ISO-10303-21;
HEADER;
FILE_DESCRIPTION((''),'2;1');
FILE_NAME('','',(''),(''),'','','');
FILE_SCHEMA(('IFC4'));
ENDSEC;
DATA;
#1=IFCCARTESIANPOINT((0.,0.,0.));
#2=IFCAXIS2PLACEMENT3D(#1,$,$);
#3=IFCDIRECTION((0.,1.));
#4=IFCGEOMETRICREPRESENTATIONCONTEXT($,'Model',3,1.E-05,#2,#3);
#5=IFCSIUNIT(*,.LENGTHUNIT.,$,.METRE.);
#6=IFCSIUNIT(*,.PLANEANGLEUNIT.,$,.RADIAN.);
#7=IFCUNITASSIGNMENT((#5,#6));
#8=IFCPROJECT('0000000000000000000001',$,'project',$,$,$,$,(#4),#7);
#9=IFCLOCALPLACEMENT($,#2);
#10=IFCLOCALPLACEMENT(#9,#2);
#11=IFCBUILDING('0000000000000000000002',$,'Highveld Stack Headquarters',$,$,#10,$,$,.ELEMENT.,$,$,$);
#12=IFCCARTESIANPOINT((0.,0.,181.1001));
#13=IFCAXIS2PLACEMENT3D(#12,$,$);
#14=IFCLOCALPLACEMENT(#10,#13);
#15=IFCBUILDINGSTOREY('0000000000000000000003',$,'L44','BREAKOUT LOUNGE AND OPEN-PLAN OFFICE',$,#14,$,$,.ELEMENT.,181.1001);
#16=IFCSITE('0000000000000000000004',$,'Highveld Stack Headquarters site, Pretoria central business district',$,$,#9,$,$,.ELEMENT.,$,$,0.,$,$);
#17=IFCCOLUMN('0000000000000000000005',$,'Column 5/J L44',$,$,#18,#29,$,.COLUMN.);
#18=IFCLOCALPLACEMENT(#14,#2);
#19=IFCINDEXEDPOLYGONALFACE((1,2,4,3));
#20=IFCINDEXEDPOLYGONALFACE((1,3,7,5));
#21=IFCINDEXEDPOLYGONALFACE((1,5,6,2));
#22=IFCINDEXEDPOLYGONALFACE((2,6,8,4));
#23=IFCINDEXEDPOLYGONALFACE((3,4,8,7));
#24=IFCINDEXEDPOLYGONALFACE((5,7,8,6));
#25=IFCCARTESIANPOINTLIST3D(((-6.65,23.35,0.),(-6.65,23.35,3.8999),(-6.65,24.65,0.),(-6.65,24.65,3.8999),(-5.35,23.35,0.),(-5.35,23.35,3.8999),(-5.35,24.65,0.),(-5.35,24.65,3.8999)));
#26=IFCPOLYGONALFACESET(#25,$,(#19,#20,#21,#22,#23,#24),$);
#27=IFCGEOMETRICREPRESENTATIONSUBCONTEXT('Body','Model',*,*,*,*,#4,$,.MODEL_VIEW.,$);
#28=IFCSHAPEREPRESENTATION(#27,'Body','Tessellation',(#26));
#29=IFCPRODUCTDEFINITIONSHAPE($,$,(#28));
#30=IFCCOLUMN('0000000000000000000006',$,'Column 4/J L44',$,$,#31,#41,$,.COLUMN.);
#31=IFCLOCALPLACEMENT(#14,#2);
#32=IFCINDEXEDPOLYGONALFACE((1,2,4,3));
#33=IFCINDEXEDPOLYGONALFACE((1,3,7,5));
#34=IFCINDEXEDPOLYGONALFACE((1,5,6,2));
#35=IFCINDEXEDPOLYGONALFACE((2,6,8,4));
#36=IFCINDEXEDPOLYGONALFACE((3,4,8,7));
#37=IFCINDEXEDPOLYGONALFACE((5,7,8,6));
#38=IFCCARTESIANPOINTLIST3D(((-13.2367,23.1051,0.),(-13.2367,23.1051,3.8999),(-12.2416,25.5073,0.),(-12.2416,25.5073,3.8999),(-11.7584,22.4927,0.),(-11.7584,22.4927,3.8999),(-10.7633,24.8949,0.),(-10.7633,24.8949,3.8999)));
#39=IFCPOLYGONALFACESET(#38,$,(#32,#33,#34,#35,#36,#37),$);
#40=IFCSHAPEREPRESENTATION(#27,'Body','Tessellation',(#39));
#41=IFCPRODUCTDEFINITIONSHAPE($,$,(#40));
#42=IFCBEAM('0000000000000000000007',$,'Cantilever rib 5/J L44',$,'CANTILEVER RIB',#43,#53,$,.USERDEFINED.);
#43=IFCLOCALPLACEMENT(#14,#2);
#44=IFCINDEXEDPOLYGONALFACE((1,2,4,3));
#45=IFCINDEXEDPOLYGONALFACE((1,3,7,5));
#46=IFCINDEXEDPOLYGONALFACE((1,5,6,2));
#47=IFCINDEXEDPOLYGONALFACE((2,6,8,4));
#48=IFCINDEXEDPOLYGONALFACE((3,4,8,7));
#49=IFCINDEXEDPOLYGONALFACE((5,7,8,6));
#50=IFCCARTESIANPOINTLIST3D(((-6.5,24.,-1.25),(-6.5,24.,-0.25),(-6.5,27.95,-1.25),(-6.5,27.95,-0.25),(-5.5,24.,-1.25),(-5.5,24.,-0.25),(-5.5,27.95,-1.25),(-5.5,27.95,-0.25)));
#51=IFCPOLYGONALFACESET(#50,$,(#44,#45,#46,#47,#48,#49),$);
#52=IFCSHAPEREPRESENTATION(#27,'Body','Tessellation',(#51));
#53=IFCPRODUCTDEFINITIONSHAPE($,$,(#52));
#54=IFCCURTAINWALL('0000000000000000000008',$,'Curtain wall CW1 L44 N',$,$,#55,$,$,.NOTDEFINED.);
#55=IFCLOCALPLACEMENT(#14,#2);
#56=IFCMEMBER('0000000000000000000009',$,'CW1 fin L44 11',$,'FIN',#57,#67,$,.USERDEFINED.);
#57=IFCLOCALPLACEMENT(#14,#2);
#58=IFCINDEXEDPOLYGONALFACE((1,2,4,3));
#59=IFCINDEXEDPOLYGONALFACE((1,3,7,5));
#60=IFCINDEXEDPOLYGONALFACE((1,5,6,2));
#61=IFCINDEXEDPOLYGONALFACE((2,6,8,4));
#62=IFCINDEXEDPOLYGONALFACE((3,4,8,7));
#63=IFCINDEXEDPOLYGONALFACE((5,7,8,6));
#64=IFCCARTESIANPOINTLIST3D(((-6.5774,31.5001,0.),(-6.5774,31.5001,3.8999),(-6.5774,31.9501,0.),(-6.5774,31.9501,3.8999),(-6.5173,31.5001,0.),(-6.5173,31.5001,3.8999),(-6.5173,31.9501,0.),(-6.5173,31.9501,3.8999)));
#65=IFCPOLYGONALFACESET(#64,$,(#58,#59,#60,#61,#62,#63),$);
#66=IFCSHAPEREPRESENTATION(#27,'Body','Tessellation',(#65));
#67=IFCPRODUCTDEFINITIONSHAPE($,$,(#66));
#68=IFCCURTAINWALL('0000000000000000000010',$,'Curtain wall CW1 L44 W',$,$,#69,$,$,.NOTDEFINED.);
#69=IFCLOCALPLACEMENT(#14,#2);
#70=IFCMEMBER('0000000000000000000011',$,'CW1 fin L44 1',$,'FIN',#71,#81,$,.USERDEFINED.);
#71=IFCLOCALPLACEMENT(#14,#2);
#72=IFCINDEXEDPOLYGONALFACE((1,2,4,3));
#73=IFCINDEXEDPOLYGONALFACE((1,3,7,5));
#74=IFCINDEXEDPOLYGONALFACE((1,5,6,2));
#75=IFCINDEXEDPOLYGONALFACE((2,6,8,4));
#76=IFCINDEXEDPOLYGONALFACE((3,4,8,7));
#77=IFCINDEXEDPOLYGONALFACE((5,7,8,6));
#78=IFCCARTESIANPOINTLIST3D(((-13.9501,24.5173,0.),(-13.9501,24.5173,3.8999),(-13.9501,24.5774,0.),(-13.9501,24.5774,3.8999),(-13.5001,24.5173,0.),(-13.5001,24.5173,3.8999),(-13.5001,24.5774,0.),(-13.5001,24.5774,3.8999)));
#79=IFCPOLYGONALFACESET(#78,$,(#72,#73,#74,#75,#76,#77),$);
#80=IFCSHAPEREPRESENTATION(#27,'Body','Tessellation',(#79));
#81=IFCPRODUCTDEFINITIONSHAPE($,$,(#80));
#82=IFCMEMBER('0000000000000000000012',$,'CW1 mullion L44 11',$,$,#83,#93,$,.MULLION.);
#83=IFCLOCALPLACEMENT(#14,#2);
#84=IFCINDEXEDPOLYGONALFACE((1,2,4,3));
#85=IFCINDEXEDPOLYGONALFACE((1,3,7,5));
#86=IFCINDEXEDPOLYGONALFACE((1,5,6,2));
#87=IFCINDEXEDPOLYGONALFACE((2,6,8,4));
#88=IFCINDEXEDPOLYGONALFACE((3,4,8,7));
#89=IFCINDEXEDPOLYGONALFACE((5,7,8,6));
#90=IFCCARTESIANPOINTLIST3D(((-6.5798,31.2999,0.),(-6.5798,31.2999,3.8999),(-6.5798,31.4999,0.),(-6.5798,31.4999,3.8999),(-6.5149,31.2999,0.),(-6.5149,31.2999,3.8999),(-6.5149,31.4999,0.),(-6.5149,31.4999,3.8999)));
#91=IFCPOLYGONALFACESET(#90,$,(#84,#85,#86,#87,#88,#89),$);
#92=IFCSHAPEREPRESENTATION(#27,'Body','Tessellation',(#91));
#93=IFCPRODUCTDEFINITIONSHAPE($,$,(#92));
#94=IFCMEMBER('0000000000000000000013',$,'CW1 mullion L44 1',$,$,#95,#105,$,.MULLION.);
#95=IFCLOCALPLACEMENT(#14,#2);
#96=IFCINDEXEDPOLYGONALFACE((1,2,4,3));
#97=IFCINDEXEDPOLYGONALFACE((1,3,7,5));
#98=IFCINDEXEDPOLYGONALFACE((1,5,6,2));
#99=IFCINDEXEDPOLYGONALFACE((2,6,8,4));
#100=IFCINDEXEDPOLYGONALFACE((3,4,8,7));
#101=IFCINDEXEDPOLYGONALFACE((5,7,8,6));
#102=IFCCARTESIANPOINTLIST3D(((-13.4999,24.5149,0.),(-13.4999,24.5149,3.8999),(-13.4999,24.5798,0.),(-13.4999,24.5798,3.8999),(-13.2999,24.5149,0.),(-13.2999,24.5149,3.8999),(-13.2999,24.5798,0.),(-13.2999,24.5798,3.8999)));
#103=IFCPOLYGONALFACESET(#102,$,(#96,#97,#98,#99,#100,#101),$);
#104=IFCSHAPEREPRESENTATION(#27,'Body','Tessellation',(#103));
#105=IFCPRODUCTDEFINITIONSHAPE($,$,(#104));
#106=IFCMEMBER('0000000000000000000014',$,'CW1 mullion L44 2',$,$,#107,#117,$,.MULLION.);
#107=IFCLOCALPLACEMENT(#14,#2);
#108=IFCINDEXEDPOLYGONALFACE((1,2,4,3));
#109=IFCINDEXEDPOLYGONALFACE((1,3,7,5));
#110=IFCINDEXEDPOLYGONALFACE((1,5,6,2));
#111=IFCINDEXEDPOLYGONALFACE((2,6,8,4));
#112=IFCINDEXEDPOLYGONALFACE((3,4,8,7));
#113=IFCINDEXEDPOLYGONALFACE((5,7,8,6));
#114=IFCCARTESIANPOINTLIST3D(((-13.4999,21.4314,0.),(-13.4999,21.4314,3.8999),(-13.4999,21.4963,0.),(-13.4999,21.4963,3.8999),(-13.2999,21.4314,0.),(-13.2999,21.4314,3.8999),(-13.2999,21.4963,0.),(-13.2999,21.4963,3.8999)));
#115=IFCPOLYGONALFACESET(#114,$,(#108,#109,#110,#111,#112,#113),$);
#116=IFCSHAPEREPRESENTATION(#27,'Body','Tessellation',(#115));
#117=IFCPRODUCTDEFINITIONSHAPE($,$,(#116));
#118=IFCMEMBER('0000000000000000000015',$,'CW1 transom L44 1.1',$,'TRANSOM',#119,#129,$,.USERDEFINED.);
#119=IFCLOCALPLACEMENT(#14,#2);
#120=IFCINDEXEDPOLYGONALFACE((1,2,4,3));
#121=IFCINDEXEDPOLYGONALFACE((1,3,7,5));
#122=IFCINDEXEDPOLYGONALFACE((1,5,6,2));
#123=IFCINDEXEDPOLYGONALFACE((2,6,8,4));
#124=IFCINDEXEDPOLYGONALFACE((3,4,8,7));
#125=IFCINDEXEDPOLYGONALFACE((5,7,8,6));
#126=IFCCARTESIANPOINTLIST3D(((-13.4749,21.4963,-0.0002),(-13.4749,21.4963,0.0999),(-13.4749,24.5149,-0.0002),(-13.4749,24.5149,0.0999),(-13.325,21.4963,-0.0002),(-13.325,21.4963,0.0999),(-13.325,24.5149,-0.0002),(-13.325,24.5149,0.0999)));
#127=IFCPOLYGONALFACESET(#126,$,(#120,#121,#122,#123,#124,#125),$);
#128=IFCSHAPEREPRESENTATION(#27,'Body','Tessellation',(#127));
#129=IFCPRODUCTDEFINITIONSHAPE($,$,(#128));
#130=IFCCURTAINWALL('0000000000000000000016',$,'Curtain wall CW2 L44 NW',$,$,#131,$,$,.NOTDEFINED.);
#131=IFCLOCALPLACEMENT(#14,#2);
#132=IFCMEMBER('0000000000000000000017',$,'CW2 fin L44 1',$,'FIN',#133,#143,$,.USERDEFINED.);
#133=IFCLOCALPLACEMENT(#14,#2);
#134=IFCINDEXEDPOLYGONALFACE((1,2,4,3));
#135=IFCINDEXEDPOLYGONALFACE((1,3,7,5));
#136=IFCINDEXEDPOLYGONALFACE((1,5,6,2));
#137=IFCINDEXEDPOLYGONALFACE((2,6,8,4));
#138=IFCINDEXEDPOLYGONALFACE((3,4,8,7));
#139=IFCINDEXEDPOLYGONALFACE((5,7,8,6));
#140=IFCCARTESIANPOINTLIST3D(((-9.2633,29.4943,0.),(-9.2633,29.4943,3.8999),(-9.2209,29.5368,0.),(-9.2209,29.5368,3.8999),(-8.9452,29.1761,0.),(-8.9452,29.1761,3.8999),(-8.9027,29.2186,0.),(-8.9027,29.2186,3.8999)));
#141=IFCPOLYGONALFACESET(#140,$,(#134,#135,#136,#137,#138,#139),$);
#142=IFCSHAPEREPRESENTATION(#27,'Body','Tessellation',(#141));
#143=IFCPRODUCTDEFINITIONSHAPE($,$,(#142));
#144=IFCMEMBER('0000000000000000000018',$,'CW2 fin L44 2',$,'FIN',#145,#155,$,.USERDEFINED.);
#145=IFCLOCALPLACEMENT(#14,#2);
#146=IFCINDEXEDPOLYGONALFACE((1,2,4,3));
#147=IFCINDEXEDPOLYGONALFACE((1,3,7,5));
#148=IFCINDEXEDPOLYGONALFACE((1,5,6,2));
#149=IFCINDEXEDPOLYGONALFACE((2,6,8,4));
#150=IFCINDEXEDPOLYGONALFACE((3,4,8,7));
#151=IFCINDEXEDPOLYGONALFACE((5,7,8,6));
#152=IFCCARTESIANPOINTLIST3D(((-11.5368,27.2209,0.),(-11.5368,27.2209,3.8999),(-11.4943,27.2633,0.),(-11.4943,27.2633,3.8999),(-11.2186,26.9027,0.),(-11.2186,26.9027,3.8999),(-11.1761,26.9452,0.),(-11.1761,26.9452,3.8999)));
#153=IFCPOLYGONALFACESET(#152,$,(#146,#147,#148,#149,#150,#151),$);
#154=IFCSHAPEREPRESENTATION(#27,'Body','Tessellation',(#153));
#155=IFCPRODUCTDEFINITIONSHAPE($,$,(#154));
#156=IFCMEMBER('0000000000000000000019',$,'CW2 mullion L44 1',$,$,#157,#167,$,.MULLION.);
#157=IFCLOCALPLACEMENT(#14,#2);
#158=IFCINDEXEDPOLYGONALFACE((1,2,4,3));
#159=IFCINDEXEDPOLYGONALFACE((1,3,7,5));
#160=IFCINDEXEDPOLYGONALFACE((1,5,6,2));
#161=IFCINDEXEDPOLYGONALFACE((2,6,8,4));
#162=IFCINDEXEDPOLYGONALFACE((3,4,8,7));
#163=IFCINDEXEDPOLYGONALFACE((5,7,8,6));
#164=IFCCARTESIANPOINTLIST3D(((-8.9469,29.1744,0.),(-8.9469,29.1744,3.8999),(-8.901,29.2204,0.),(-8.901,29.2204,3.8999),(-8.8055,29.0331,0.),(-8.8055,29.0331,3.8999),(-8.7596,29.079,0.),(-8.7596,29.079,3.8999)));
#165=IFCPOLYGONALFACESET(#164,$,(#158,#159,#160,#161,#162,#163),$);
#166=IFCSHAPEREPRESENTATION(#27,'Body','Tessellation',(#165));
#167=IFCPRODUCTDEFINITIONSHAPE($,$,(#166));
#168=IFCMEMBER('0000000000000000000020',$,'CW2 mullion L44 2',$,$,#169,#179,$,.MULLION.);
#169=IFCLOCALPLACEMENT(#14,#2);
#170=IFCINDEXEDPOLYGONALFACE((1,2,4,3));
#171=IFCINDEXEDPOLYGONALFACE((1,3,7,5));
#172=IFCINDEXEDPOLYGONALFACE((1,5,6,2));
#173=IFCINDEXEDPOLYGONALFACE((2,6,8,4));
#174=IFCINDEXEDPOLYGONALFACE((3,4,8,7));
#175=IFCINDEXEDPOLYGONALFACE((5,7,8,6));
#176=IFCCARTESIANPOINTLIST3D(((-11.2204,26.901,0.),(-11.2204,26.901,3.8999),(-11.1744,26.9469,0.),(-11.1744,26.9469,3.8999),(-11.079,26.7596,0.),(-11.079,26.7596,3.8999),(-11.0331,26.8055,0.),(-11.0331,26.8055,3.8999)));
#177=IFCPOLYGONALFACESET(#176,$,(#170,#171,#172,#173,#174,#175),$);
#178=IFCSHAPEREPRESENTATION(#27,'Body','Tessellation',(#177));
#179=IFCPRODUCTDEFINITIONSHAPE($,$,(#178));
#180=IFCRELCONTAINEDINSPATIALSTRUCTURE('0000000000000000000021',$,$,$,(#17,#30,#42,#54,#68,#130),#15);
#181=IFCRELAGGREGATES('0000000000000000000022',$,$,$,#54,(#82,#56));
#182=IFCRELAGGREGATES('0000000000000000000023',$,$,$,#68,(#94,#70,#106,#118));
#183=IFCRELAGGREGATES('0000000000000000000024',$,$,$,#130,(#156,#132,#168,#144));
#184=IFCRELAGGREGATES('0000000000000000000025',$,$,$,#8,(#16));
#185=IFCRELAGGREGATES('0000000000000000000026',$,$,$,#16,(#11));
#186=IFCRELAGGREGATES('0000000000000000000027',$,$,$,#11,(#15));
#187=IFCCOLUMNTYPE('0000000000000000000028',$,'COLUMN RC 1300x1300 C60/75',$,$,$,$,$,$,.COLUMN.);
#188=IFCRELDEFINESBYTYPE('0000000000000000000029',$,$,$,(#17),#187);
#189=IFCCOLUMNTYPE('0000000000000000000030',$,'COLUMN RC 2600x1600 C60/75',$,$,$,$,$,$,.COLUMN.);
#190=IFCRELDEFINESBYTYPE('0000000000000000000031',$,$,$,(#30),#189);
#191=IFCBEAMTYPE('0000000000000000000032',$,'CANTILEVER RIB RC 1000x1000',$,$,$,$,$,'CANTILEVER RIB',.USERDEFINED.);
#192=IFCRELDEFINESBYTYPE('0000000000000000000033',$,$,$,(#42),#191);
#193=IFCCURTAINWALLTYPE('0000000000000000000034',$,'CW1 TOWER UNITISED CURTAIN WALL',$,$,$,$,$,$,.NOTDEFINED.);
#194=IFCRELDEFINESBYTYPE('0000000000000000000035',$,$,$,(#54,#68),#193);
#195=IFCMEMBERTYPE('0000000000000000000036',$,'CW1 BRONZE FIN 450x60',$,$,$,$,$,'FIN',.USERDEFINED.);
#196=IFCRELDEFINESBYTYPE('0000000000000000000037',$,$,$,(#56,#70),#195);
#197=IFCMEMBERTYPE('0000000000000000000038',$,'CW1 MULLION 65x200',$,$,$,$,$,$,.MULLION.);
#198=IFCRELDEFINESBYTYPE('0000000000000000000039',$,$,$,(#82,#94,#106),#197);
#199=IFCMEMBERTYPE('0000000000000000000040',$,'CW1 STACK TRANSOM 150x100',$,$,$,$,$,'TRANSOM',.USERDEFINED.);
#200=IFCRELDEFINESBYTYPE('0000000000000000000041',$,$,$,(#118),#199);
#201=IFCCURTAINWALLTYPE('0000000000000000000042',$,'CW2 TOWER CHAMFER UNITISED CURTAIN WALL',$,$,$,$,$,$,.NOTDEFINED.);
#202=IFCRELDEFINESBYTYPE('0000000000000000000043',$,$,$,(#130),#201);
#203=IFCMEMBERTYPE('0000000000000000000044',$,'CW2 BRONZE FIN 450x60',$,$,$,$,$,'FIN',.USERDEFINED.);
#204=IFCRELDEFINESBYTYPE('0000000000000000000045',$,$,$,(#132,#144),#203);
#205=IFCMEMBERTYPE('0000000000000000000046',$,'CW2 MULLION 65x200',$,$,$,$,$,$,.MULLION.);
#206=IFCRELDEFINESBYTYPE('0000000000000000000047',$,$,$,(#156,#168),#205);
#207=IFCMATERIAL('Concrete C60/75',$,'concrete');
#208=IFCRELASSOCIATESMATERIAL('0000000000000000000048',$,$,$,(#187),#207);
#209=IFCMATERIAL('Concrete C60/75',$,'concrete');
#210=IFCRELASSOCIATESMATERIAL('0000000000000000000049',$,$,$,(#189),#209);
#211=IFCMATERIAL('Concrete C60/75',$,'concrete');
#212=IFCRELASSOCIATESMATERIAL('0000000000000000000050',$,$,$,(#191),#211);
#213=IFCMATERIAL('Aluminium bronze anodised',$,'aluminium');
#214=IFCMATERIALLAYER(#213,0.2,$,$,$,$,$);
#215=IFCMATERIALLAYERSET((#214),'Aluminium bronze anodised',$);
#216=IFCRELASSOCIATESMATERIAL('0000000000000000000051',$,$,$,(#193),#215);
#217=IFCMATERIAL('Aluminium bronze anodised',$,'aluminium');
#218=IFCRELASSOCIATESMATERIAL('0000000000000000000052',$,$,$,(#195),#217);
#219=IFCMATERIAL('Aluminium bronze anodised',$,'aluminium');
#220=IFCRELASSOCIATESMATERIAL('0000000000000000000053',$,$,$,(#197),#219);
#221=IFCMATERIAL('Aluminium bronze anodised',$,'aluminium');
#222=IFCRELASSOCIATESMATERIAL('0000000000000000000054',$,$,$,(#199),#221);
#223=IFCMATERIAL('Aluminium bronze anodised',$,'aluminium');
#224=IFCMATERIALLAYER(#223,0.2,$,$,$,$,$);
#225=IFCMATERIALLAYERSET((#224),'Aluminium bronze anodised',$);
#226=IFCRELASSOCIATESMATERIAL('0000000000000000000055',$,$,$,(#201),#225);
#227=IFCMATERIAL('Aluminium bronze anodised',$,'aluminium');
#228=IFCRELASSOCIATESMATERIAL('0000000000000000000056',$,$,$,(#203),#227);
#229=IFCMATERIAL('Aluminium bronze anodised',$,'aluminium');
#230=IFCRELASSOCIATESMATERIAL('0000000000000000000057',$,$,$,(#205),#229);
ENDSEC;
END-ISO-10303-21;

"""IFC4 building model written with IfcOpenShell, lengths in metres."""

from ifc_helpers import new_model, si_unit, direction, frame, origin, origin_2d, place, context, subcontext, project, spatial, rectangle, extrude, material, layer, layer_set, material_profile, profile_set, type_object, element, aggregate, save


model = new_model("IFC4")

# Units and contexts
model_context = context("Model", 3, precision=1e-05, world=origin(), true_north=direction((0.0, 1.0)))
body_context = subcontext(model_context, "Body", "Model", "MODEL_VIEW")
ifc_project = project(units=[si_unit("LENGTHUNIT", "METRE"), si_unit("PLANEANGLEUNIT", "RADIAN")], contexts=[model_context])

# Site, building, storey
site_placement = place(None, origin())
site = spatial("IfcSite", under=ifc_project, at=site_placement, Name="Highveld Stack Headquarters site, Pretoria central business district", CompositionType="ELEMENT", RefElevation=0.0)
building_placement = place(site_placement, origin())
building = spatial("IfcBuilding", under=site, at=building_placement, Name="Highveld Stack Headquarters", CompositionType="ELEMENT")
storey_placement = place(building_placement, frame((0.0, 0.0, 181.1001)))
storey = spatial("IfcBuildingStorey", under=building, at=storey_placement, Name="L44", Description="BREAKOUT LOUNGE AND OPEN-PLAN OFFICE", CompositionType="ELEMENT", Elevation=181.1001)

# Columns
ifc_material_1 = material(Name="Concrete C60/75", Category="concrete")
ifc_material_profile_1 = material_profile(ifc_material_1, rectangle(XDim=1.3, YDim=1.3, at=origin_2d()), Name="RC 1300x1300")
ifc_profile_set_1 = profile_set([ifc_material_profile_1], Name="Concrete C60/75")
column_type_1 = type_object("IfcColumnType", Name="COLUMN RC 1300x1300 C60/75", PredefinedType="COLUMN", material=ifc_profile_set_1)
column_1_placement = place(storey_placement, frame((-6.0, 24.0, 0.0), z_axis=(0.0, 0.0, 1.0), x_axis=(1.0, 0.0, 0.0)))
element("IfcColumn", 1, at=column_1_placement, inside=storey, type_object=column_type_1, Name="Column 5/J L44", PredefinedType="COLUMN", context=body_context, shape_type="SweptSolid", body=[
    extrude(rectangle(XDim=1.3, YDim=1.3, at=origin_2d()), origin(), (0.0, 0.0, 1.0), 3.8999),
])
ifc_material_2 = material(Name="Concrete C60/75", Category="concrete")
ifc_material_profile_2 = material_profile(ifc_material_2, rectangle(XDim=2.6001, YDim=1.6001, at=origin_2d()), Name="RC 2600x1600")
ifc_profile_set_2 = profile_set([ifc_material_profile_2], Name="Concrete C60/75")
column_type_2 = type_object("IfcColumnType", Name="COLUMN RC 2600x1600 C60/75", PredefinedType="COLUMN", material=ifc_profile_set_2)
column_2_placement = place(storey_placement, frame((-12.0, 24.0, 0.0), z_axis=(0.0, 0.0, 1.0), x_axis=(0.382683, 0.92388, 0.0)))
element("IfcColumn", 2, at=column_2_placement, inside=storey, type_object=column_type_2, Name="Column 4/J L44", PredefinedType="COLUMN", context=body_context, shape_type="SweptSolid", body=[
    extrude(rectangle(XDim=2.6001, YDim=1.6001, at=origin_2d()), origin(), (0.0, 0.0, 1.0), 3.8999),
])

# Beam
ifc_material_3 = material(Name="Concrete C60/75", Category="concrete")
ifc_material_profile_3 = material_profile(ifc_material_3, rectangle(XDim=1.0, YDim=1.0, at=origin_2d()), Name="RC 1000x1000")
ifc_profile_set_3 = profile_set([ifc_material_profile_3], Name="Concrete C60/75")
beam_type = type_object("IfcBeamType", Name="CANTILEVER RIB RC 1000x1000", ElementType="CANTILEVER RIB", PredefinedType="USERDEFINED", material=ifc_profile_set_3)
beam_placement = place(storey_placement, frame((-6.0, 24.0, -0.75), z_axis=(0.0, 1.0, 0.0), x_axis=(-1.0, 0.0, 0.0)))
element("IfcBeam", 3, at=beam_placement, inside=storey, type_object=beam_type, Name="Cantilever rib 5/J L44", ObjectType="CANTILEVER RIB", PredefinedType="USERDEFINED", context=body_context, shape_type="SweptSolid", body=[
    extrude(rectangle(XDim=1.0, YDim=1.0, at=origin_2d()), origin(), (0.0, 0.0, 1.0), 3.95),
])

# Curtain walls, members
ifc_material_4 = material(Name="Aluminium bronze anodised", Category="aluminium")
ifc_layer_1 = layer(ifc_material_4, 0.2)
ifc_layer_set_1 = layer_set([ifc_layer_1], Name="Aluminium bronze anodised")
curtain_wall_type_1 = type_object("IfcCurtainWallType", Name="CW1 TOWER UNITISED CURTAIN WALL", PredefinedType="NOTDEFINED", material=ifc_layer_set_1)
curtain_wall_1_placement = place(storey_placement, origin())
curtain_wall_1 = element("IfcCurtainWall", 4, at=curtain_wall_1_placement, inside=storey, type_object=curtain_wall_type_1, Name="Curtain wall CW1 L44 N", PredefinedType="NOTDEFINED")
ifc_material_5 = material(Name="Aluminium bronze anodised", Category="aluminium")
ifc_material_profile_4 = material_profile(ifc_material_5, rectangle(XDim=0.45, YDim=0.0601, at=origin_2d()), Name="FIN 450x60")
ifc_profile_set_4 = profile_set([ifc_material_profile_4], Name="Aluminium bronze anodised")
member_type_1 = type_object("IfcMemberType", Name="CW1 BRONZE FIN 450x60", ElementType="FIN", PredefinedType="USERDEFINED", material=ifc_profile_set_4)
member_1_placement = place(storey_placement, frame((-6.5474, 31.7251, 0.0), z_axis=(0.0, 0.0, 1.0), x_axis=(0.0, -1.0, 0.0)))
member_1 = element("IfcMember", 5, at=member_1_placement, type_object=member_type_1, Name="CW1 fin L44 11", ObjectType="FIN", PredefinedType="USERDEFINED", context=body_context, shape_type="SweptSolid", body=[
    extrude(rectangle(XDim=0.45, YDim=0.0601, at=origin_2d()), origin(), (0.0, 0.0, 1.0), 3.8999),
])
curtain_wall_2_placement = place(storey_placement, origin())
curtain_wall_2 = element("IfcCurtainWall", 6, at=curtain_wall_2_placement, inside=storey, type_object=curtain_wall_type_1, Name="Curtain wall CW1 L44 W", PredefinedType="NOTDEFINED")
member_2_placement = place(storey_placement, frame((-13.7251, 24.5474, 0.0), z_axis=(0.0, 0.0, 1.0), x_axis=(1.0, 0.0, 0.0)))
member_2 = element("IfcMember", 7, at=member_2_placement, type_object=member_type_1, Name="CW1 fin L44 1", ObjectType="FIN", PredefinedType="USERDEFINED", context=body_context, shape_type="SweptSolid", body=[
    extrude(rectangle(XDim=0.45, YDim=0.0601, at=origin_2d()), origin(), (0.0, 0.0, 1.0), 3.8999),
])

# Members
ifc_material_6 = material(Name="Aluminium bronze anodised", Category="aluminium")
ifc_material_profile_5 = material_profile(ifc_material_6, rectangle(XDim=0.2, YDim=0.0649, at=origin_2d()), Name="CW1 MULLION 65x200")
ifc_profile_set_5 = profile_set([ifc_material_profile_5], Name="Aluminium bronze anodised")
member_type_2 = type_object("IfcMemberType", Name="CW1 MULLION 65x200", PredefinedType="MULLION", material=ifc_profile_set_5)
member_3_placement = place(storey_placement, frame((-6.5474, 31.3999, 0.0), z_axis=(0.0, 0.0, 1.0), x_axis=(0.0, -1.0, 0.0)))
member_3 = element("IfcMember", 8, at=member_3_placement, type_object=member_type_2, Name="CW1 mullion L44 11", PredefinedType="MULLION", context=body_context, shape_type="SweptSolid", body=[
    extrude(rectangle(XDim=0.2, YDim=0.0649, at=origin_2d()), origin(), (0.0, 0.0, 1.0), 3.8999),
])
aggregate(curtain_wall_1, [member_3, member_1])
member_4_placement = place(storey_placement, frame((-13.3999, 24.5474, 0.0), z_axis=(0.0, 0.0, 1.0), x_axis=(1.0, 0.0, 0.0)))
member_4 = element("IfcMember", 9, at=member_4_placement, type_object=member_type_2, Name="CW1 mullion L44 1", PredefinedType="MULLION", context=body_context, shape_type="SweptSolid", body=[
    extrude(rectangle(XDim=0.2, YDim=0.0649, at=origin_2d()), origin(), (0.0, 0.0, 1.0), 3.8999),
])
member_5_placement = place(storey_placement, frame((-13.3999, 21.4639, 0.0), z_axis=(0.0, 0.0, 1.0), x_axis=(1.0, 0.0, 0.0)))
member_5 = element("IfcMember", 10, at=member_5_placement, type_object=member_type_2, Name="CW1 mullion L44 2", PredefinedType="MULLION", context=body_context, shape_type="SweptSolid", body=[
    extrude(rectangle(XDim=0.2, YDim=0.0649, at=origin_2d()), origin(), (0.0, 0.0, 1.0), 3.8999),
])
ifc_material_7 = material(Name="Aluminium bronze anodised", Category="aluminium")
ifc_material_profile_6 = material_profile(ifc_material_7, rectangle(XDim=0.1499, YDim=0.1001, at=origin_2d()), Name="CW1 TRANSOM 150x100")
ifc_profile_set_6 = profile_set([ifc_material_profile_6], Name="Aluminium bronze anodised")
member_type_3 = type_object("IfcMemberType", Name="CW1 STACK TRANSOM 150x100", ElementType="TRANSOM", PredefinedType="USERDEFINED", material=ifc_profile_set_6)
member_6_placement = place(storey_placement, frame((-13.3999, 24.5149, 0.0498), z_axis=(0.0, -1.0, 0.0), x_axis=(1.0, 0.0, 0.0)))
member_6 = element("IfcMember", 11, at=member_6_placement, type_object=member_type_3, Name="CW1 transom L44 1.1", ObjectType="TRANSOM", PredefinedType="USERDEFINED", context=body_context, shape_type="SweptSolid", body=[
    extrude(rectangle(XDim=0.1499, YDim=0.1001, at=origin_2d()), origin(), (0.0, 0.0, 1.0), 3.0186),
])

# Curtain wall, members
ifc_material_8 = material(Name="Aluminium bronze anodised", Category="aluminium")
ifc_layer_2 = layer(ifc_material_8, 0.2)
ifc_layer_set_2 = layer_set([ifc_layer_2], Name="Aluminium bronze anodised")
curtain_wall_type_2 = type_object("IfcCurtainWallType", Name="CW2 TOWER CHAMFER UNITISED CURTAIN WALL", PredefinedType="NOTDEFINED", material=ifc_layer_set_2)
curtain_wall_3_placement = place(storey_placement, origin())
curtain_wall_3 = element("IfcCurtainWall", 12, at=curtain_wall_3_placement, inside=storey, type_object=curtain_wall_type_2, Name="Curtain wall CW2 L44 NW", PredefinedType="NOTDEFINED")
ifc_material_9 = material(Name="Aluminium bronze anodised", Category="aluminium")
ifc_material_profile_7 = material_profile(ifc_material_9, rectangle(XDim=0.45, YDim=0.0601, at=origin_2d()), Name="FIN 450x60")
ifc_profile_set_7 = profile_set([ifc_material_profile_7], Name="Aluminium bronze anodised")
member_type_4 = type_object("IfcMemberType", Name="CW2 BRONZE FIN 450x60", ElementType="FIN", PredefinedType="USERDEFINED", material=ifc_profile_set_7)
member_7_placement = place(storey_placement, frame((-9.083, 29.3564, 0.0), z_axis=(0.0, 0.0, 1.0), x_axis=(0.707107, -0.707107, 0.0)))
member_7 = element("IfcMember", 13, at=member_7_placement, type_object=member_type_4, Name="CW2 fin L44 1", ObjectType="FIN", PredefinedType="USERDEFINED", context=body_context, shape_type="SweptSolid", body=[
    extrude(rectangle(XDim=0.45, YDim=0.0601, at=origin_2d()), origin(), (0.0, 0.0, 1.0), 3.8999),
])
member_8_placement = place(storey_placement, frame((-11.3564, 27.083, 0.0), z_axis=(0.0, 0.0, 1.0), x_axis=(0.707107, -0.707107, 0.0)))
member_8 = element("IfcMember", 14, at=member_8_placement, type_object=member_type_4, Name="CW2 fin L44 2", ObjectType="FIN", PredefinedType="USERDEFINED", context=body_context, shape_type="SweptSolid", body=[
    extrude(rectangle(XDim=0.45, YDim=0.0601, at=origin_2d()), origin(), (0.0, 0.0, 1.0), 3.8999),
])
ifc_material_10 = material(Name="Aluminium bronze anodised", Category="aluminium")
ifc_material_profile_8 = material_profile(ifc_material_10, rectangle(XDim=0.2, YDim=0.0649, at=origin_2d()), Name="CW2 MULLION 65x200")
ifc_profile_set_8 = profile_set([ifc_material_profile_8], Name="Aluminium bronze anodised")
member_type_5 = type_object("IfcMemberType", Name="CW2 MULLION 65x200", PredefinedType="MULLION", material=ifc_profile_set_8)
member_9_placement = place(storey_placement, frame((-8.8533, 29.1267, 0.0), z_axis=(0.0, 0.0, 1.0), x_axis=(0.707107, -0.707107, 0.0)))
member_9 = element("IfcMember", 15, at=member_9_placement, type_object=member_type_5, Name="CW2 mullion L44 1", PredefinedType="MULLION", context=body_context, shape_type="SweptSolid", body=[
    extrude(rectangle(XDim=0.2, YDim=0.0649, at=origin_2d()), origin(), (0.0, 0.0, 1.0), 3.8999),
])
member_10_placement = place(storey_placement, frame((-11.1267, 26.8533, 0.0), z_axis=(0.0, 0.0, 1.0), x_axis=(0.707107, -0.707107, 0.0)))
member_10 = element("IfcMember", 16, at=member_10_placement, type_object=member_type_5, Name="CW2 mullion L44 2", PredefinedType="MULLION", context=body_context, shape_type="SweptSolid", body=[
    extrude(rectangle(XDim=0.2, YDim=0.0649, at=origin_2d()), origin(), (0.0, 0.0, 1.0), 3.8999),
])

aggregate(curtain_wall_2, [member_4, member_2, member_5, member_6])
aggregate(curtain_wall_3, [member_9, member_7, member_10, member_8])

save(model, "model.ifc")
